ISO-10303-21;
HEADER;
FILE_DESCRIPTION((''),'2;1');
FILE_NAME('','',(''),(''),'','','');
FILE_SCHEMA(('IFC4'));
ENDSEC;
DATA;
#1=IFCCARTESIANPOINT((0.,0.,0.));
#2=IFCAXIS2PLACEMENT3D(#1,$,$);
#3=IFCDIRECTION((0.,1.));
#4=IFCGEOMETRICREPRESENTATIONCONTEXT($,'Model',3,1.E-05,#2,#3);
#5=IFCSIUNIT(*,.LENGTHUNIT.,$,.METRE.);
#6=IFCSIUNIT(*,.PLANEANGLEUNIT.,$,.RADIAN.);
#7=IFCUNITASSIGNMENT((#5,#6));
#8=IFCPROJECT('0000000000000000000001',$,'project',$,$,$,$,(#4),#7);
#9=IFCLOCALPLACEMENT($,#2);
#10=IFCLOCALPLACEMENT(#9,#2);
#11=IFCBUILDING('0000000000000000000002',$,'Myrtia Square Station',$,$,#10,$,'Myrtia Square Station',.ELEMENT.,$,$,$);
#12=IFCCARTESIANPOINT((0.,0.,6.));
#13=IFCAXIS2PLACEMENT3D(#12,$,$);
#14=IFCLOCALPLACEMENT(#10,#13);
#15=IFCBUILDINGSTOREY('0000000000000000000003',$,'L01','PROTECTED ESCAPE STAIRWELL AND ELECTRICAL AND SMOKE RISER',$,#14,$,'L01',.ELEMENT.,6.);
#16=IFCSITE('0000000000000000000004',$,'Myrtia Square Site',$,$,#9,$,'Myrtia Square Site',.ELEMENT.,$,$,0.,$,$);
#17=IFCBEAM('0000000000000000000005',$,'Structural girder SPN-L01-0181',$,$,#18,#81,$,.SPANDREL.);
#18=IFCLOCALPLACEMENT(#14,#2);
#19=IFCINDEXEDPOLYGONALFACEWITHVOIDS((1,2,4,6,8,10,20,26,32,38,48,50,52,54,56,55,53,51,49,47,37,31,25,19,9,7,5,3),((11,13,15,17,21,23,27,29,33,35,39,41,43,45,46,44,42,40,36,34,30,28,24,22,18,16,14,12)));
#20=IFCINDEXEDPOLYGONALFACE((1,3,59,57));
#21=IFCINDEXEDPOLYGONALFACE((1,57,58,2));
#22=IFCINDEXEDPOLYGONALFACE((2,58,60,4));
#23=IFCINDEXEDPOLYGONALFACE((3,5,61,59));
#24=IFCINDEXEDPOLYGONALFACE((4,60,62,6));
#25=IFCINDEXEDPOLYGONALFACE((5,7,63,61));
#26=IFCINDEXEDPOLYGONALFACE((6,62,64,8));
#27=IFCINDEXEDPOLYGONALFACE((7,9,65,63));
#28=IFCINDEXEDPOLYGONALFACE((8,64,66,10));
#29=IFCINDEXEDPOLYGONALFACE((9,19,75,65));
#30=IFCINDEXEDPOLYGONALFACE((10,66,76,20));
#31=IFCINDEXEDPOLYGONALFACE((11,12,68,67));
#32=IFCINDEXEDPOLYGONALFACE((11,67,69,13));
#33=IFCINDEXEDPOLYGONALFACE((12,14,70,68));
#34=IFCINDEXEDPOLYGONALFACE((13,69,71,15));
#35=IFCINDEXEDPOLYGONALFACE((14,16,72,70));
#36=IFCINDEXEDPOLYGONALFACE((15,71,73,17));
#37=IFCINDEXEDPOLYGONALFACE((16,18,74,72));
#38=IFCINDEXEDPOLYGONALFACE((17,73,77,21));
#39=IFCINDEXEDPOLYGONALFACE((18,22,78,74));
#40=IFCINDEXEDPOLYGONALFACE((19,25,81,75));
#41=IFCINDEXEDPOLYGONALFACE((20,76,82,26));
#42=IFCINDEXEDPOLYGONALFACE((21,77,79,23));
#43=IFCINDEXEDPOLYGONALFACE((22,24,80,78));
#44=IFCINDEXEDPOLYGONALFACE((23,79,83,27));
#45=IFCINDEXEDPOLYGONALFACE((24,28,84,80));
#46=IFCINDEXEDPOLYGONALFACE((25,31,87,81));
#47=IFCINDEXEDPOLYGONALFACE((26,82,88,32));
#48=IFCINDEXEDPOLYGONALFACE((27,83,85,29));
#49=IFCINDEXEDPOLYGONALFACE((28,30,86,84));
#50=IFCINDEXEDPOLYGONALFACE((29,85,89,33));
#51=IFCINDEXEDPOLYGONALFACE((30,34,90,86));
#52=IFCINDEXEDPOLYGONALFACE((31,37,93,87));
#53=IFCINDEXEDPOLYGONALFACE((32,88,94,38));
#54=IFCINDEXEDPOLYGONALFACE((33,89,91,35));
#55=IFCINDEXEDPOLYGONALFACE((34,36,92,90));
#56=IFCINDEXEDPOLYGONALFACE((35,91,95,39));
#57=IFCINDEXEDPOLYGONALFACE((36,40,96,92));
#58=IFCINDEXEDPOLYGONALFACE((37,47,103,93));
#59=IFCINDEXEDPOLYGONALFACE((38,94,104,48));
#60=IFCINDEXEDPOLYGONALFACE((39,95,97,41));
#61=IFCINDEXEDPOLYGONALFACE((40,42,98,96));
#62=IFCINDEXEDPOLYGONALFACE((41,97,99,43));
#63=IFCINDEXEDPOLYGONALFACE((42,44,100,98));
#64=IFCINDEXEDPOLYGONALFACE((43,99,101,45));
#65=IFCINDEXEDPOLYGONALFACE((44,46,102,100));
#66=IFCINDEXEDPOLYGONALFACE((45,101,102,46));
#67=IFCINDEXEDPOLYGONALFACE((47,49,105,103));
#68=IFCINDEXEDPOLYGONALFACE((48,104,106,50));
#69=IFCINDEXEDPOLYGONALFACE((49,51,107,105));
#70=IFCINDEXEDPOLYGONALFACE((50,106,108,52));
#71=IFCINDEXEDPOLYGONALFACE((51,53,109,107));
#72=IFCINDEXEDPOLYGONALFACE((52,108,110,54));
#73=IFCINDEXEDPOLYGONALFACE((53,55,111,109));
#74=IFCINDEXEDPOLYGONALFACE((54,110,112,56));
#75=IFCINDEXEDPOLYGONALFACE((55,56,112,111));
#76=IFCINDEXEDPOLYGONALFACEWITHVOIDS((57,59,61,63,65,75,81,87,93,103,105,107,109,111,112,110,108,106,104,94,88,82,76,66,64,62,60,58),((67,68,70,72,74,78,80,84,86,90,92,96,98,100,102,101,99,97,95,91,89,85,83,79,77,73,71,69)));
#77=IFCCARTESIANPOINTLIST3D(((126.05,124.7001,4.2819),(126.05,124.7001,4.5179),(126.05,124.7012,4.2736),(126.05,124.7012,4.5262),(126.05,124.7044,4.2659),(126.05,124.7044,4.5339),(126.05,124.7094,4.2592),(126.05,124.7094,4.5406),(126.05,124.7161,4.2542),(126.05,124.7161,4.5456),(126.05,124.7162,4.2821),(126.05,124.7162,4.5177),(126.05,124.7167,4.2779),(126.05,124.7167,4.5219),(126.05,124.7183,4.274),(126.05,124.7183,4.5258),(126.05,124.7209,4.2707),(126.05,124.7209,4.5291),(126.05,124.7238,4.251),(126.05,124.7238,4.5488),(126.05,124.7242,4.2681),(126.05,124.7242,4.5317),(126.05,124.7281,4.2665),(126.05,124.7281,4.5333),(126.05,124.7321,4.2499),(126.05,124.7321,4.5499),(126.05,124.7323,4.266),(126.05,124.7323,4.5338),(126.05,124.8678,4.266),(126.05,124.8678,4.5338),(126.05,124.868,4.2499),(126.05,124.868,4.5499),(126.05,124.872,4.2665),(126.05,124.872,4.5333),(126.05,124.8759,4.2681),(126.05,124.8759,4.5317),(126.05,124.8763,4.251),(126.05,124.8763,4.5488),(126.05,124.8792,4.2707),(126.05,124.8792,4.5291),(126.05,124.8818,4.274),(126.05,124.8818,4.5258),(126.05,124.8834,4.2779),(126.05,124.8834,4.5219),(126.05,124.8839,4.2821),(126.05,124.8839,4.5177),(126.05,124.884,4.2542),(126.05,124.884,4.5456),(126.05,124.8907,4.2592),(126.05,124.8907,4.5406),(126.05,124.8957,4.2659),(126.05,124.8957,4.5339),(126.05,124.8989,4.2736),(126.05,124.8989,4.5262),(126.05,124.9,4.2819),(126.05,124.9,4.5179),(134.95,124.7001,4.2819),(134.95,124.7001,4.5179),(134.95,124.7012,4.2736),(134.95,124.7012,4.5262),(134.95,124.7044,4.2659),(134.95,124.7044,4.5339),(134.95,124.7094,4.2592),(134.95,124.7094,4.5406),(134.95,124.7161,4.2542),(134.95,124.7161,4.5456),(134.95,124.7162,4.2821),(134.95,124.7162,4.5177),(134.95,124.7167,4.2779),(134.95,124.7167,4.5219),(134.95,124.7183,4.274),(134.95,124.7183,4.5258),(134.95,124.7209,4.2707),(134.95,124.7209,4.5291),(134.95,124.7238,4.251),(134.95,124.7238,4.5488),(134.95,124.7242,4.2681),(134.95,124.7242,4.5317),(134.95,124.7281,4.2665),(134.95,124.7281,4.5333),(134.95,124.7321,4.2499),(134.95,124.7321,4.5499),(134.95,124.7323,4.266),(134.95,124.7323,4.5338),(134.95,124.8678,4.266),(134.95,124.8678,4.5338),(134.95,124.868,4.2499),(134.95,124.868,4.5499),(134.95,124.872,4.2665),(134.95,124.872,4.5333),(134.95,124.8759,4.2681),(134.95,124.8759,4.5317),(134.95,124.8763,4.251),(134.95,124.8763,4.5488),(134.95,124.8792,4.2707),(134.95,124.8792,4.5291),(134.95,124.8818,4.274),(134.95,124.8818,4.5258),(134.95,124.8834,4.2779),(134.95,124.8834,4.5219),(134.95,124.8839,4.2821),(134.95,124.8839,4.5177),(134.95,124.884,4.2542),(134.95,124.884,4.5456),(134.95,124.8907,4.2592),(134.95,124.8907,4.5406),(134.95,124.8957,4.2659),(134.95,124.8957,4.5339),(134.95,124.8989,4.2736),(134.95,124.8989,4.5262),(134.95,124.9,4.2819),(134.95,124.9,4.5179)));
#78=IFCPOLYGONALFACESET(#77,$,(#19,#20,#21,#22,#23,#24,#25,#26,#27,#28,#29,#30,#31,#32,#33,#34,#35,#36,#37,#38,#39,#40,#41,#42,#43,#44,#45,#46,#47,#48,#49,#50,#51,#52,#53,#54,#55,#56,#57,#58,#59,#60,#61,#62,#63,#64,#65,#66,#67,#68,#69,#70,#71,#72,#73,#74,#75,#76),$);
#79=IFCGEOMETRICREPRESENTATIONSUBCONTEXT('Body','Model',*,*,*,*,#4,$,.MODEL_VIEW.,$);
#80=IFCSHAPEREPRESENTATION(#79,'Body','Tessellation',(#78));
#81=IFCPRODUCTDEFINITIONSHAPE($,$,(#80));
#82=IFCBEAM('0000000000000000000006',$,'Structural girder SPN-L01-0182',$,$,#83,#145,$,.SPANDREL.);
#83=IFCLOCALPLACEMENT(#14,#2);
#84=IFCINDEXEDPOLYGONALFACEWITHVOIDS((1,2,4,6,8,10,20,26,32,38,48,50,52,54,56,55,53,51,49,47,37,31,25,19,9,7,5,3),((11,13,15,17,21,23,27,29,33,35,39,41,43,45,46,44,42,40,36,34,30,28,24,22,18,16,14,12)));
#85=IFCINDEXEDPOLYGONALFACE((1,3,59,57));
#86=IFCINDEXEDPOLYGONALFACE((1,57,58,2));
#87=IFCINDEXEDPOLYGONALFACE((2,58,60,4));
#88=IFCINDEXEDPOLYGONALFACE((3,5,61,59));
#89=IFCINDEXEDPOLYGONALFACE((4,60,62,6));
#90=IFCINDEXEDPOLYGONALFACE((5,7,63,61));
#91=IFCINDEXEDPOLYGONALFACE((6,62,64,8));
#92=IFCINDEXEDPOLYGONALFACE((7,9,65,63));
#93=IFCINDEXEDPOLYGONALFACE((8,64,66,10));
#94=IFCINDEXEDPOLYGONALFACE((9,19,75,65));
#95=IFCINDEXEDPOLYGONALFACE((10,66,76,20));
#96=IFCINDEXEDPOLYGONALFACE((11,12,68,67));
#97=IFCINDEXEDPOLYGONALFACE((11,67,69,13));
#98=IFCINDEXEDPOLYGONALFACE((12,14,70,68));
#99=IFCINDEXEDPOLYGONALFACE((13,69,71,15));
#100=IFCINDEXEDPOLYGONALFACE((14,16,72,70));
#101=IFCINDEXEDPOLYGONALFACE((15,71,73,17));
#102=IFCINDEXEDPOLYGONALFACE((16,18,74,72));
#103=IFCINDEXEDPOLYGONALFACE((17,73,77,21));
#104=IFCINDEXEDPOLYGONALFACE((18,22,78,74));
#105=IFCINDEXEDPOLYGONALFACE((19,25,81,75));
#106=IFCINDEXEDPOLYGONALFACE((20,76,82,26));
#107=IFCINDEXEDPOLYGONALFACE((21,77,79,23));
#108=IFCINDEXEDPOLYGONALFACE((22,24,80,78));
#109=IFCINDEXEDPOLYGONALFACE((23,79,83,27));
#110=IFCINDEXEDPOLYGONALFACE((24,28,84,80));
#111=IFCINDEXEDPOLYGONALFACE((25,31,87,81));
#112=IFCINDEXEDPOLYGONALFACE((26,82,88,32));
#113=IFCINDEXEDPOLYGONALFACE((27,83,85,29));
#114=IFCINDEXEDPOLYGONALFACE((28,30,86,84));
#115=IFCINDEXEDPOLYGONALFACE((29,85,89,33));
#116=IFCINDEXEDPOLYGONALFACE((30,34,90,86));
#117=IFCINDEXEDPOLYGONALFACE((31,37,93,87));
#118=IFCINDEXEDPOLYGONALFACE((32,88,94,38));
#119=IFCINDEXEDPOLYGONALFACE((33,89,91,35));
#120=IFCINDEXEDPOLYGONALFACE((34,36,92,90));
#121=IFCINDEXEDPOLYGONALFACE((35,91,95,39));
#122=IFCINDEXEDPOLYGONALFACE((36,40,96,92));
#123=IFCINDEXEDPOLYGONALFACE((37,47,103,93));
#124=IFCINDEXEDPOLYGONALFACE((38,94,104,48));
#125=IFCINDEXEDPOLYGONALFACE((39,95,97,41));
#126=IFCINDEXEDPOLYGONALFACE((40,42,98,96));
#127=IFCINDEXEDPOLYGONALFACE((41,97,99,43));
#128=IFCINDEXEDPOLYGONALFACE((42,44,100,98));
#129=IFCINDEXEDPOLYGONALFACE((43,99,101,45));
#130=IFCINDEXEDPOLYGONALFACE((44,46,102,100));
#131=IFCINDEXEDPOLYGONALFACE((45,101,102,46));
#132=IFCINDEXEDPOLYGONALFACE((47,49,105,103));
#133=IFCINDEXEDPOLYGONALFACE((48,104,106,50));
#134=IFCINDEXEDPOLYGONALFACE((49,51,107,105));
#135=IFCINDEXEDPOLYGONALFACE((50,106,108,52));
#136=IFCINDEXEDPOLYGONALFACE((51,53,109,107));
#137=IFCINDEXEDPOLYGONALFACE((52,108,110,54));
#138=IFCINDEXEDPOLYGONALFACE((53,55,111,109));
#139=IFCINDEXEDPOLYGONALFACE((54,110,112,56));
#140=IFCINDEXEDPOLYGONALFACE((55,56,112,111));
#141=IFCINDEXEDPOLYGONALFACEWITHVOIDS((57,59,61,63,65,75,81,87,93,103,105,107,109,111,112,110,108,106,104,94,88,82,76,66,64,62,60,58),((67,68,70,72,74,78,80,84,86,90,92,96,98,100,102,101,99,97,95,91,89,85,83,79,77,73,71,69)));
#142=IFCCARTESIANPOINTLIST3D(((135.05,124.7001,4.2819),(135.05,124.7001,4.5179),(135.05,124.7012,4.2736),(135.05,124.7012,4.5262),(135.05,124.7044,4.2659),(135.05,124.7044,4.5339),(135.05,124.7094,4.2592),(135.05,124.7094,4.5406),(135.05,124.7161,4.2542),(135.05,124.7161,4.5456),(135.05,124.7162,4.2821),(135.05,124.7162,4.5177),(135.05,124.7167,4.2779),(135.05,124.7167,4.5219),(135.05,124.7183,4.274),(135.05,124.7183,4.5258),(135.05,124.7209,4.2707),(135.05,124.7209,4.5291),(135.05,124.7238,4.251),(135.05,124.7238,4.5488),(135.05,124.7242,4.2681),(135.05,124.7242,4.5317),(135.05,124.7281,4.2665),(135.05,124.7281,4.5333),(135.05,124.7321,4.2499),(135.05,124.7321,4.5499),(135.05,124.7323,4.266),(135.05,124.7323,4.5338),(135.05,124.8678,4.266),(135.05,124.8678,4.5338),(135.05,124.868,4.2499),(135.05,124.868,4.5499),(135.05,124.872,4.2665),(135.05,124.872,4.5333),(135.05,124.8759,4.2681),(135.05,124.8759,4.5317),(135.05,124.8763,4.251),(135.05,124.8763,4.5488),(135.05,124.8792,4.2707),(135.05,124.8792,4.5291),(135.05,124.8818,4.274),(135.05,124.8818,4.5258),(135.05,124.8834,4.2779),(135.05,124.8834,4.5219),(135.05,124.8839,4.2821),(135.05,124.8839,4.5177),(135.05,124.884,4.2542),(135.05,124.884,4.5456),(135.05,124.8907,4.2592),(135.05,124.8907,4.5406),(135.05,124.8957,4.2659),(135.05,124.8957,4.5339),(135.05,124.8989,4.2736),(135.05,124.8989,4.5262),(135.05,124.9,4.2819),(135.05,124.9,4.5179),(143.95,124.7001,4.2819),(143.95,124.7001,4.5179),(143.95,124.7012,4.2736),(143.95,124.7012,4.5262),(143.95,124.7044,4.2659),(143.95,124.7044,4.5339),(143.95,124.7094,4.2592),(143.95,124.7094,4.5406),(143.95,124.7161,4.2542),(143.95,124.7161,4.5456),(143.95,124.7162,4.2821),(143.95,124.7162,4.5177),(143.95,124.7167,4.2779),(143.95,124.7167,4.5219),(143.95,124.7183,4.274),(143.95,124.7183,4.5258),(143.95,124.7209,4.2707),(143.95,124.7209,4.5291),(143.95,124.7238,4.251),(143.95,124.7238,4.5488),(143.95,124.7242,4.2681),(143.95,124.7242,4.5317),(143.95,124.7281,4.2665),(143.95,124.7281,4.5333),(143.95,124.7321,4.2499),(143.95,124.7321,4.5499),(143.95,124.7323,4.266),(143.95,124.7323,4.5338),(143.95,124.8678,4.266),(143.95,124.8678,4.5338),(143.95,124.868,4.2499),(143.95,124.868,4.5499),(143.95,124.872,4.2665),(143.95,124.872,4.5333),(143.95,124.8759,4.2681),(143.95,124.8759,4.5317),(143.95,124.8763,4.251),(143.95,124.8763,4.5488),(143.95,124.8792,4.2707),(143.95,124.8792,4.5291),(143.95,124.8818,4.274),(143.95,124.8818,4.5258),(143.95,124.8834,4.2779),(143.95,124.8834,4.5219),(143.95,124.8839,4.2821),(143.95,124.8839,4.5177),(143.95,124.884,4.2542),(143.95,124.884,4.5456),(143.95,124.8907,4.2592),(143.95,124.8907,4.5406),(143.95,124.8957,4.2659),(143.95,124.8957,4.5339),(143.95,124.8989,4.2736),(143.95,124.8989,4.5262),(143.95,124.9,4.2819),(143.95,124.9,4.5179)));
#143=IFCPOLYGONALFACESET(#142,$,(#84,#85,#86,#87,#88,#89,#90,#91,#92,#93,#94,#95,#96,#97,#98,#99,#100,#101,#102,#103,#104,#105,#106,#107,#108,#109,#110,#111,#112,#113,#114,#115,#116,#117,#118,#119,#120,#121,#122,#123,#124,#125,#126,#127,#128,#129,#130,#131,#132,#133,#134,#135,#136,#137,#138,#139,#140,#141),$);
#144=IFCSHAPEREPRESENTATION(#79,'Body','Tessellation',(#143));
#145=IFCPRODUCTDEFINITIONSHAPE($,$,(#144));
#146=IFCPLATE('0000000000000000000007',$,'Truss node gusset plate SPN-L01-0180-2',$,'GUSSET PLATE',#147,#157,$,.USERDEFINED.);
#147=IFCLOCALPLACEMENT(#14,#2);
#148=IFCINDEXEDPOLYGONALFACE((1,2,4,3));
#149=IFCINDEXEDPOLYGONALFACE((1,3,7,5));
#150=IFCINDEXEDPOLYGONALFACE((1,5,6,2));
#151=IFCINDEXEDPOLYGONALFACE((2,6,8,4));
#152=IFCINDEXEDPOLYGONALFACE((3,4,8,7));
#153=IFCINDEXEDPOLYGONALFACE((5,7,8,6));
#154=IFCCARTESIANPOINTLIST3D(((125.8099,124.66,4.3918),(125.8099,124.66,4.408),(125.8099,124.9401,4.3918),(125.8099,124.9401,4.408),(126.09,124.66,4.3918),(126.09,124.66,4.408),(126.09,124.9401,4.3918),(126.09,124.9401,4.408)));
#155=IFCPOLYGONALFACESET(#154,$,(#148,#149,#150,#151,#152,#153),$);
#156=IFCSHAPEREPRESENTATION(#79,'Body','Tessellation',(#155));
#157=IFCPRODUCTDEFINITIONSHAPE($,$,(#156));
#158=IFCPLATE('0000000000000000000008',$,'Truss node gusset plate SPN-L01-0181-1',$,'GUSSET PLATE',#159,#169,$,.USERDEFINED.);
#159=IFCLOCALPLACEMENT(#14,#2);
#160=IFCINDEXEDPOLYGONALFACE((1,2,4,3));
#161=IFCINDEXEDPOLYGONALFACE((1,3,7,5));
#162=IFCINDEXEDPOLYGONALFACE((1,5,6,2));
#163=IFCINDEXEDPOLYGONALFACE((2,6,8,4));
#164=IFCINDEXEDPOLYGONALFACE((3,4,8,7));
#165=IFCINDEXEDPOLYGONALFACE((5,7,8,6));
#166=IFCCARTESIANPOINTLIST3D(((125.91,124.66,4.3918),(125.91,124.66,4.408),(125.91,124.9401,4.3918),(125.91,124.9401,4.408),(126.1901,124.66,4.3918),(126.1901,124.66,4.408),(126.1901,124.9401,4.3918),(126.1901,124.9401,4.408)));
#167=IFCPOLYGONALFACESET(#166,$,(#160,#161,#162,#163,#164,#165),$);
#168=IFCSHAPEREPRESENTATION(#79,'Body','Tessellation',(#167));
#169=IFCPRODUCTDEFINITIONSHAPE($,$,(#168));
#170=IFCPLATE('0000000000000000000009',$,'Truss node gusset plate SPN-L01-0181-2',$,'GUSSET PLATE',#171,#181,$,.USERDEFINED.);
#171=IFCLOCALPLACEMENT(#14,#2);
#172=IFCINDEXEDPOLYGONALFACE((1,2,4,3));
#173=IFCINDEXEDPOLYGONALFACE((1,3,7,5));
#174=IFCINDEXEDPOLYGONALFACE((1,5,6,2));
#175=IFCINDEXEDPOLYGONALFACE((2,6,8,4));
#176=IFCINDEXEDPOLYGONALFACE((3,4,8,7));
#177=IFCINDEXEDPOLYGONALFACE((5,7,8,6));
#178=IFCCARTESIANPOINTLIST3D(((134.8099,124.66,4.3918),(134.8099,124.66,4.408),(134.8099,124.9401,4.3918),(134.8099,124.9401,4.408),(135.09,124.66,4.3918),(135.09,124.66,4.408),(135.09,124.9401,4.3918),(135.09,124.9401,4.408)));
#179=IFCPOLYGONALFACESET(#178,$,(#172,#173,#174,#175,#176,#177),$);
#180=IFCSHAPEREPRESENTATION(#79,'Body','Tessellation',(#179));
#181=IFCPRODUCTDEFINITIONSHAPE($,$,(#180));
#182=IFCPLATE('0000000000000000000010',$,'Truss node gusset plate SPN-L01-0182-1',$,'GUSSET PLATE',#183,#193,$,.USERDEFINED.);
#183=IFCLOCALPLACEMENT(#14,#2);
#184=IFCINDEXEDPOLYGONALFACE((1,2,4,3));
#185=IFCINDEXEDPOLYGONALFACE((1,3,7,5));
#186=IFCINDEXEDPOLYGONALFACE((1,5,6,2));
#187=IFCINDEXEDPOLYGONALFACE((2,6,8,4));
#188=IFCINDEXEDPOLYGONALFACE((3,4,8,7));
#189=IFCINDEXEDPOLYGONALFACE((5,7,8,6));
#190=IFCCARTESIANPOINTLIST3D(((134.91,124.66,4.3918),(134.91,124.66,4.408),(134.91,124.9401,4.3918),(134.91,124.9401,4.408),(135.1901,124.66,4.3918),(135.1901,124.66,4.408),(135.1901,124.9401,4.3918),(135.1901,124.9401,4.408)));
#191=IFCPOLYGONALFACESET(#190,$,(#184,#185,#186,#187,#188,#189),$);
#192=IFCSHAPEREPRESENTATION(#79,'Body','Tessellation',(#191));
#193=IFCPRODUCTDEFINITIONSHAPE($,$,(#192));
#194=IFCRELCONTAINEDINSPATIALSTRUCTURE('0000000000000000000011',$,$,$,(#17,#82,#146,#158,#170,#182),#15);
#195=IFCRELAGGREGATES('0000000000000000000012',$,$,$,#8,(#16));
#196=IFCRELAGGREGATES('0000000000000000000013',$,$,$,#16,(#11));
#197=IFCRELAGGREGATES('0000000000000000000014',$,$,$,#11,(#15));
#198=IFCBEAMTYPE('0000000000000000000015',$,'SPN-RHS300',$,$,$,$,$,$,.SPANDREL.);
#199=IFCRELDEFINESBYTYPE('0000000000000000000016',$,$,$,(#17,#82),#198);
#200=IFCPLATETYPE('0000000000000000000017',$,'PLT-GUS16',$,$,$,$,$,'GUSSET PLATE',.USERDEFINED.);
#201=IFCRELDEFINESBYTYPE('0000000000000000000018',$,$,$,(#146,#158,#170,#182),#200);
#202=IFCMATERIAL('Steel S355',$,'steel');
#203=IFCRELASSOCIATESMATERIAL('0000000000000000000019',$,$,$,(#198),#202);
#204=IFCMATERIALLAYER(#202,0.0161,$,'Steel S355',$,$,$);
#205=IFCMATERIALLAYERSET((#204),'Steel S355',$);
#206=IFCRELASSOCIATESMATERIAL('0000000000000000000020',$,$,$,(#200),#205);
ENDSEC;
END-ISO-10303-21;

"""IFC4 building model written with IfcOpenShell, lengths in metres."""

from ifc_helpers import new_model, si_unit, direction, frame, origin, origin_2d, place, context, subcontext, project, spatial, rectangle, hollow_rectangle, extrude, material, layer, layer_set, material_profile, profile_set, type_object, element, save


model = new_model("IFC4")

# Units and contexts
model_context = context("Model", 3, precision=1e-05, world=origin(), true_north=direction((0.0, 1.0)))
body_context = subcontext(model_context, "Body", "Model", "MODEL_VIEW")
ifc_project = project(units=[si_unit("LENGTHUNIT", "METRE"), si_unit("PLANEANGLEUNIT", "RADIAN")], contexts=[model_context])

# Site, building, storey
site_placement = place(None, origin())
site = spatial("IfcSite", under=ifc_project, at=site_placement, Name="Myrtia Square Site", LongName="Myrtia Square Site", CompositionType="ELEMENT", RefElevation=0.0)
building_placement = place(site_placement, origin())
building = spatial("IfcBuilding", under=site, at=building_placement, Name="Myrtia Square Station", LongName="Myrtia Square Station", CompositionType="ELEMENT")
storey_placement = place(building_placement, frame((0.0, 0.0, 6.0)))
storey = spatial("IfcBuildingStorey", under=building, at=storey_placement, Name="L01", Description="PROTECTED ESCAPE STAIRWELL AND ELECTRICAL AND SMOKE RISER", LongName="L01", CompositionType="ELEMENT", Elevation=6.0)

# Shared definitions
ifc_material_1 = material(Name="Steel S355", Category="steel")

# Beams
ifc_material_profile_1 = material_profile(ifc_material_1, hollow_rectangle(XDim=0.2, YDim=0.3, WallThickness=0.0161, InnerFilletRadius=0.0161, OuterFilletRadius=0.032, at=origin_2d()), Name="RHS 300x200x16")
ifc_profile_set_1 = profile_set([ifc_material_profile_1], Name="Steel S355")
beam_type_1 = type_object("IfcBeamType", Name="SPN-RHS300", PredefinedType="SPANDREL", material=ifc_profile_set_1)
for number, where, z_axis, x_axis, name in (
    (1, (126.05, 124.8, 4.3999), (1.0, 0.0, 0.0), (0.0, 1.0, 0.0), "Structural girder SPN-L01-0181"),
    (2, (135.05, 124.8, 4.3999), (1.0, 0.0, 0.0), (0.0, 1.0, 0.0), "Structural girder SPN-L01-0182"),
):
    element("IfcBeam", number, at=place(storey_placement, frame(where, z_axis=z_axis, x_axis=x_axis)), inside=storey, type_object=beam_type_1, Name=name, PredefinedType="SPANDREL", context=body_context, shape_type="SweptSolid", body=[
        extrude(hollow_rectangle(XDim=0.2, YDim=0.3, WallThickness=0.0161, InnerFilletRadius=0.0161, OuterFilletRadius=0.032, at=origin_2d()), origin(), (0.0, 0.0, 1.0), 8.8999),
    ])

# Plates
ifc_layer_1 = layer(ifc_material_1, 0.0161, Name="Steel S355")
ifc_layer_set_1 = layer_set([ifc_layer_1], Name="Steel S355")
plate_type = type_object("IfcPlateType", Name="PLT-GUS16", ElementType="GUSSET PLATE", PredefinedType="USERDEFINED", material=ifc_layer_set_1)
for number, where, z_axis, x_axis, name in (
    (3, (125.95, 124.8, 4.3918), (0.0, 0.0, 1.0), (1.0, 0.0, 0.0), "Truss node gusset plate SPN-L01-0180-2"),
    (4, (126.05, 124.8, 4.3918), (0.0, 0.0, 1.0), (1.0, 0.0, 0.0), "Truss node gusset plate SPN-L01-0181-1"),
    (5, (134.95, 124.8, 4.3918), (0.0, 0.0, 1.0), (1.0, 0.0, 0.0), "Truss node gusset plate SPN-L01-0181-2"),
    (6, (135.05, 124.8, 4.3918), (0.0, 0.0, 1.0), (1.0, 0.0, 0.0), "Truss node gusset plate SPN-L01-0182-1"),
):
    element("IfcPlate", number, at=place(storey_placement, frame(where, z_axis=z_axis, x_axis=x_axis)), inside=storey, type_object=plate_type, Name=name, ObjectType="GUSSET PLATE", PredefinedType="USERDEFINED", context=body_context, shape_type="SweptSolid", body=[
        extrude(rectangle(XDim=0.28, YDim=0.28, at=origin_2d()), origin(), (0.0, 0.0, 1.0), 0.0161),
    ])

save(model, "model.ifc")
